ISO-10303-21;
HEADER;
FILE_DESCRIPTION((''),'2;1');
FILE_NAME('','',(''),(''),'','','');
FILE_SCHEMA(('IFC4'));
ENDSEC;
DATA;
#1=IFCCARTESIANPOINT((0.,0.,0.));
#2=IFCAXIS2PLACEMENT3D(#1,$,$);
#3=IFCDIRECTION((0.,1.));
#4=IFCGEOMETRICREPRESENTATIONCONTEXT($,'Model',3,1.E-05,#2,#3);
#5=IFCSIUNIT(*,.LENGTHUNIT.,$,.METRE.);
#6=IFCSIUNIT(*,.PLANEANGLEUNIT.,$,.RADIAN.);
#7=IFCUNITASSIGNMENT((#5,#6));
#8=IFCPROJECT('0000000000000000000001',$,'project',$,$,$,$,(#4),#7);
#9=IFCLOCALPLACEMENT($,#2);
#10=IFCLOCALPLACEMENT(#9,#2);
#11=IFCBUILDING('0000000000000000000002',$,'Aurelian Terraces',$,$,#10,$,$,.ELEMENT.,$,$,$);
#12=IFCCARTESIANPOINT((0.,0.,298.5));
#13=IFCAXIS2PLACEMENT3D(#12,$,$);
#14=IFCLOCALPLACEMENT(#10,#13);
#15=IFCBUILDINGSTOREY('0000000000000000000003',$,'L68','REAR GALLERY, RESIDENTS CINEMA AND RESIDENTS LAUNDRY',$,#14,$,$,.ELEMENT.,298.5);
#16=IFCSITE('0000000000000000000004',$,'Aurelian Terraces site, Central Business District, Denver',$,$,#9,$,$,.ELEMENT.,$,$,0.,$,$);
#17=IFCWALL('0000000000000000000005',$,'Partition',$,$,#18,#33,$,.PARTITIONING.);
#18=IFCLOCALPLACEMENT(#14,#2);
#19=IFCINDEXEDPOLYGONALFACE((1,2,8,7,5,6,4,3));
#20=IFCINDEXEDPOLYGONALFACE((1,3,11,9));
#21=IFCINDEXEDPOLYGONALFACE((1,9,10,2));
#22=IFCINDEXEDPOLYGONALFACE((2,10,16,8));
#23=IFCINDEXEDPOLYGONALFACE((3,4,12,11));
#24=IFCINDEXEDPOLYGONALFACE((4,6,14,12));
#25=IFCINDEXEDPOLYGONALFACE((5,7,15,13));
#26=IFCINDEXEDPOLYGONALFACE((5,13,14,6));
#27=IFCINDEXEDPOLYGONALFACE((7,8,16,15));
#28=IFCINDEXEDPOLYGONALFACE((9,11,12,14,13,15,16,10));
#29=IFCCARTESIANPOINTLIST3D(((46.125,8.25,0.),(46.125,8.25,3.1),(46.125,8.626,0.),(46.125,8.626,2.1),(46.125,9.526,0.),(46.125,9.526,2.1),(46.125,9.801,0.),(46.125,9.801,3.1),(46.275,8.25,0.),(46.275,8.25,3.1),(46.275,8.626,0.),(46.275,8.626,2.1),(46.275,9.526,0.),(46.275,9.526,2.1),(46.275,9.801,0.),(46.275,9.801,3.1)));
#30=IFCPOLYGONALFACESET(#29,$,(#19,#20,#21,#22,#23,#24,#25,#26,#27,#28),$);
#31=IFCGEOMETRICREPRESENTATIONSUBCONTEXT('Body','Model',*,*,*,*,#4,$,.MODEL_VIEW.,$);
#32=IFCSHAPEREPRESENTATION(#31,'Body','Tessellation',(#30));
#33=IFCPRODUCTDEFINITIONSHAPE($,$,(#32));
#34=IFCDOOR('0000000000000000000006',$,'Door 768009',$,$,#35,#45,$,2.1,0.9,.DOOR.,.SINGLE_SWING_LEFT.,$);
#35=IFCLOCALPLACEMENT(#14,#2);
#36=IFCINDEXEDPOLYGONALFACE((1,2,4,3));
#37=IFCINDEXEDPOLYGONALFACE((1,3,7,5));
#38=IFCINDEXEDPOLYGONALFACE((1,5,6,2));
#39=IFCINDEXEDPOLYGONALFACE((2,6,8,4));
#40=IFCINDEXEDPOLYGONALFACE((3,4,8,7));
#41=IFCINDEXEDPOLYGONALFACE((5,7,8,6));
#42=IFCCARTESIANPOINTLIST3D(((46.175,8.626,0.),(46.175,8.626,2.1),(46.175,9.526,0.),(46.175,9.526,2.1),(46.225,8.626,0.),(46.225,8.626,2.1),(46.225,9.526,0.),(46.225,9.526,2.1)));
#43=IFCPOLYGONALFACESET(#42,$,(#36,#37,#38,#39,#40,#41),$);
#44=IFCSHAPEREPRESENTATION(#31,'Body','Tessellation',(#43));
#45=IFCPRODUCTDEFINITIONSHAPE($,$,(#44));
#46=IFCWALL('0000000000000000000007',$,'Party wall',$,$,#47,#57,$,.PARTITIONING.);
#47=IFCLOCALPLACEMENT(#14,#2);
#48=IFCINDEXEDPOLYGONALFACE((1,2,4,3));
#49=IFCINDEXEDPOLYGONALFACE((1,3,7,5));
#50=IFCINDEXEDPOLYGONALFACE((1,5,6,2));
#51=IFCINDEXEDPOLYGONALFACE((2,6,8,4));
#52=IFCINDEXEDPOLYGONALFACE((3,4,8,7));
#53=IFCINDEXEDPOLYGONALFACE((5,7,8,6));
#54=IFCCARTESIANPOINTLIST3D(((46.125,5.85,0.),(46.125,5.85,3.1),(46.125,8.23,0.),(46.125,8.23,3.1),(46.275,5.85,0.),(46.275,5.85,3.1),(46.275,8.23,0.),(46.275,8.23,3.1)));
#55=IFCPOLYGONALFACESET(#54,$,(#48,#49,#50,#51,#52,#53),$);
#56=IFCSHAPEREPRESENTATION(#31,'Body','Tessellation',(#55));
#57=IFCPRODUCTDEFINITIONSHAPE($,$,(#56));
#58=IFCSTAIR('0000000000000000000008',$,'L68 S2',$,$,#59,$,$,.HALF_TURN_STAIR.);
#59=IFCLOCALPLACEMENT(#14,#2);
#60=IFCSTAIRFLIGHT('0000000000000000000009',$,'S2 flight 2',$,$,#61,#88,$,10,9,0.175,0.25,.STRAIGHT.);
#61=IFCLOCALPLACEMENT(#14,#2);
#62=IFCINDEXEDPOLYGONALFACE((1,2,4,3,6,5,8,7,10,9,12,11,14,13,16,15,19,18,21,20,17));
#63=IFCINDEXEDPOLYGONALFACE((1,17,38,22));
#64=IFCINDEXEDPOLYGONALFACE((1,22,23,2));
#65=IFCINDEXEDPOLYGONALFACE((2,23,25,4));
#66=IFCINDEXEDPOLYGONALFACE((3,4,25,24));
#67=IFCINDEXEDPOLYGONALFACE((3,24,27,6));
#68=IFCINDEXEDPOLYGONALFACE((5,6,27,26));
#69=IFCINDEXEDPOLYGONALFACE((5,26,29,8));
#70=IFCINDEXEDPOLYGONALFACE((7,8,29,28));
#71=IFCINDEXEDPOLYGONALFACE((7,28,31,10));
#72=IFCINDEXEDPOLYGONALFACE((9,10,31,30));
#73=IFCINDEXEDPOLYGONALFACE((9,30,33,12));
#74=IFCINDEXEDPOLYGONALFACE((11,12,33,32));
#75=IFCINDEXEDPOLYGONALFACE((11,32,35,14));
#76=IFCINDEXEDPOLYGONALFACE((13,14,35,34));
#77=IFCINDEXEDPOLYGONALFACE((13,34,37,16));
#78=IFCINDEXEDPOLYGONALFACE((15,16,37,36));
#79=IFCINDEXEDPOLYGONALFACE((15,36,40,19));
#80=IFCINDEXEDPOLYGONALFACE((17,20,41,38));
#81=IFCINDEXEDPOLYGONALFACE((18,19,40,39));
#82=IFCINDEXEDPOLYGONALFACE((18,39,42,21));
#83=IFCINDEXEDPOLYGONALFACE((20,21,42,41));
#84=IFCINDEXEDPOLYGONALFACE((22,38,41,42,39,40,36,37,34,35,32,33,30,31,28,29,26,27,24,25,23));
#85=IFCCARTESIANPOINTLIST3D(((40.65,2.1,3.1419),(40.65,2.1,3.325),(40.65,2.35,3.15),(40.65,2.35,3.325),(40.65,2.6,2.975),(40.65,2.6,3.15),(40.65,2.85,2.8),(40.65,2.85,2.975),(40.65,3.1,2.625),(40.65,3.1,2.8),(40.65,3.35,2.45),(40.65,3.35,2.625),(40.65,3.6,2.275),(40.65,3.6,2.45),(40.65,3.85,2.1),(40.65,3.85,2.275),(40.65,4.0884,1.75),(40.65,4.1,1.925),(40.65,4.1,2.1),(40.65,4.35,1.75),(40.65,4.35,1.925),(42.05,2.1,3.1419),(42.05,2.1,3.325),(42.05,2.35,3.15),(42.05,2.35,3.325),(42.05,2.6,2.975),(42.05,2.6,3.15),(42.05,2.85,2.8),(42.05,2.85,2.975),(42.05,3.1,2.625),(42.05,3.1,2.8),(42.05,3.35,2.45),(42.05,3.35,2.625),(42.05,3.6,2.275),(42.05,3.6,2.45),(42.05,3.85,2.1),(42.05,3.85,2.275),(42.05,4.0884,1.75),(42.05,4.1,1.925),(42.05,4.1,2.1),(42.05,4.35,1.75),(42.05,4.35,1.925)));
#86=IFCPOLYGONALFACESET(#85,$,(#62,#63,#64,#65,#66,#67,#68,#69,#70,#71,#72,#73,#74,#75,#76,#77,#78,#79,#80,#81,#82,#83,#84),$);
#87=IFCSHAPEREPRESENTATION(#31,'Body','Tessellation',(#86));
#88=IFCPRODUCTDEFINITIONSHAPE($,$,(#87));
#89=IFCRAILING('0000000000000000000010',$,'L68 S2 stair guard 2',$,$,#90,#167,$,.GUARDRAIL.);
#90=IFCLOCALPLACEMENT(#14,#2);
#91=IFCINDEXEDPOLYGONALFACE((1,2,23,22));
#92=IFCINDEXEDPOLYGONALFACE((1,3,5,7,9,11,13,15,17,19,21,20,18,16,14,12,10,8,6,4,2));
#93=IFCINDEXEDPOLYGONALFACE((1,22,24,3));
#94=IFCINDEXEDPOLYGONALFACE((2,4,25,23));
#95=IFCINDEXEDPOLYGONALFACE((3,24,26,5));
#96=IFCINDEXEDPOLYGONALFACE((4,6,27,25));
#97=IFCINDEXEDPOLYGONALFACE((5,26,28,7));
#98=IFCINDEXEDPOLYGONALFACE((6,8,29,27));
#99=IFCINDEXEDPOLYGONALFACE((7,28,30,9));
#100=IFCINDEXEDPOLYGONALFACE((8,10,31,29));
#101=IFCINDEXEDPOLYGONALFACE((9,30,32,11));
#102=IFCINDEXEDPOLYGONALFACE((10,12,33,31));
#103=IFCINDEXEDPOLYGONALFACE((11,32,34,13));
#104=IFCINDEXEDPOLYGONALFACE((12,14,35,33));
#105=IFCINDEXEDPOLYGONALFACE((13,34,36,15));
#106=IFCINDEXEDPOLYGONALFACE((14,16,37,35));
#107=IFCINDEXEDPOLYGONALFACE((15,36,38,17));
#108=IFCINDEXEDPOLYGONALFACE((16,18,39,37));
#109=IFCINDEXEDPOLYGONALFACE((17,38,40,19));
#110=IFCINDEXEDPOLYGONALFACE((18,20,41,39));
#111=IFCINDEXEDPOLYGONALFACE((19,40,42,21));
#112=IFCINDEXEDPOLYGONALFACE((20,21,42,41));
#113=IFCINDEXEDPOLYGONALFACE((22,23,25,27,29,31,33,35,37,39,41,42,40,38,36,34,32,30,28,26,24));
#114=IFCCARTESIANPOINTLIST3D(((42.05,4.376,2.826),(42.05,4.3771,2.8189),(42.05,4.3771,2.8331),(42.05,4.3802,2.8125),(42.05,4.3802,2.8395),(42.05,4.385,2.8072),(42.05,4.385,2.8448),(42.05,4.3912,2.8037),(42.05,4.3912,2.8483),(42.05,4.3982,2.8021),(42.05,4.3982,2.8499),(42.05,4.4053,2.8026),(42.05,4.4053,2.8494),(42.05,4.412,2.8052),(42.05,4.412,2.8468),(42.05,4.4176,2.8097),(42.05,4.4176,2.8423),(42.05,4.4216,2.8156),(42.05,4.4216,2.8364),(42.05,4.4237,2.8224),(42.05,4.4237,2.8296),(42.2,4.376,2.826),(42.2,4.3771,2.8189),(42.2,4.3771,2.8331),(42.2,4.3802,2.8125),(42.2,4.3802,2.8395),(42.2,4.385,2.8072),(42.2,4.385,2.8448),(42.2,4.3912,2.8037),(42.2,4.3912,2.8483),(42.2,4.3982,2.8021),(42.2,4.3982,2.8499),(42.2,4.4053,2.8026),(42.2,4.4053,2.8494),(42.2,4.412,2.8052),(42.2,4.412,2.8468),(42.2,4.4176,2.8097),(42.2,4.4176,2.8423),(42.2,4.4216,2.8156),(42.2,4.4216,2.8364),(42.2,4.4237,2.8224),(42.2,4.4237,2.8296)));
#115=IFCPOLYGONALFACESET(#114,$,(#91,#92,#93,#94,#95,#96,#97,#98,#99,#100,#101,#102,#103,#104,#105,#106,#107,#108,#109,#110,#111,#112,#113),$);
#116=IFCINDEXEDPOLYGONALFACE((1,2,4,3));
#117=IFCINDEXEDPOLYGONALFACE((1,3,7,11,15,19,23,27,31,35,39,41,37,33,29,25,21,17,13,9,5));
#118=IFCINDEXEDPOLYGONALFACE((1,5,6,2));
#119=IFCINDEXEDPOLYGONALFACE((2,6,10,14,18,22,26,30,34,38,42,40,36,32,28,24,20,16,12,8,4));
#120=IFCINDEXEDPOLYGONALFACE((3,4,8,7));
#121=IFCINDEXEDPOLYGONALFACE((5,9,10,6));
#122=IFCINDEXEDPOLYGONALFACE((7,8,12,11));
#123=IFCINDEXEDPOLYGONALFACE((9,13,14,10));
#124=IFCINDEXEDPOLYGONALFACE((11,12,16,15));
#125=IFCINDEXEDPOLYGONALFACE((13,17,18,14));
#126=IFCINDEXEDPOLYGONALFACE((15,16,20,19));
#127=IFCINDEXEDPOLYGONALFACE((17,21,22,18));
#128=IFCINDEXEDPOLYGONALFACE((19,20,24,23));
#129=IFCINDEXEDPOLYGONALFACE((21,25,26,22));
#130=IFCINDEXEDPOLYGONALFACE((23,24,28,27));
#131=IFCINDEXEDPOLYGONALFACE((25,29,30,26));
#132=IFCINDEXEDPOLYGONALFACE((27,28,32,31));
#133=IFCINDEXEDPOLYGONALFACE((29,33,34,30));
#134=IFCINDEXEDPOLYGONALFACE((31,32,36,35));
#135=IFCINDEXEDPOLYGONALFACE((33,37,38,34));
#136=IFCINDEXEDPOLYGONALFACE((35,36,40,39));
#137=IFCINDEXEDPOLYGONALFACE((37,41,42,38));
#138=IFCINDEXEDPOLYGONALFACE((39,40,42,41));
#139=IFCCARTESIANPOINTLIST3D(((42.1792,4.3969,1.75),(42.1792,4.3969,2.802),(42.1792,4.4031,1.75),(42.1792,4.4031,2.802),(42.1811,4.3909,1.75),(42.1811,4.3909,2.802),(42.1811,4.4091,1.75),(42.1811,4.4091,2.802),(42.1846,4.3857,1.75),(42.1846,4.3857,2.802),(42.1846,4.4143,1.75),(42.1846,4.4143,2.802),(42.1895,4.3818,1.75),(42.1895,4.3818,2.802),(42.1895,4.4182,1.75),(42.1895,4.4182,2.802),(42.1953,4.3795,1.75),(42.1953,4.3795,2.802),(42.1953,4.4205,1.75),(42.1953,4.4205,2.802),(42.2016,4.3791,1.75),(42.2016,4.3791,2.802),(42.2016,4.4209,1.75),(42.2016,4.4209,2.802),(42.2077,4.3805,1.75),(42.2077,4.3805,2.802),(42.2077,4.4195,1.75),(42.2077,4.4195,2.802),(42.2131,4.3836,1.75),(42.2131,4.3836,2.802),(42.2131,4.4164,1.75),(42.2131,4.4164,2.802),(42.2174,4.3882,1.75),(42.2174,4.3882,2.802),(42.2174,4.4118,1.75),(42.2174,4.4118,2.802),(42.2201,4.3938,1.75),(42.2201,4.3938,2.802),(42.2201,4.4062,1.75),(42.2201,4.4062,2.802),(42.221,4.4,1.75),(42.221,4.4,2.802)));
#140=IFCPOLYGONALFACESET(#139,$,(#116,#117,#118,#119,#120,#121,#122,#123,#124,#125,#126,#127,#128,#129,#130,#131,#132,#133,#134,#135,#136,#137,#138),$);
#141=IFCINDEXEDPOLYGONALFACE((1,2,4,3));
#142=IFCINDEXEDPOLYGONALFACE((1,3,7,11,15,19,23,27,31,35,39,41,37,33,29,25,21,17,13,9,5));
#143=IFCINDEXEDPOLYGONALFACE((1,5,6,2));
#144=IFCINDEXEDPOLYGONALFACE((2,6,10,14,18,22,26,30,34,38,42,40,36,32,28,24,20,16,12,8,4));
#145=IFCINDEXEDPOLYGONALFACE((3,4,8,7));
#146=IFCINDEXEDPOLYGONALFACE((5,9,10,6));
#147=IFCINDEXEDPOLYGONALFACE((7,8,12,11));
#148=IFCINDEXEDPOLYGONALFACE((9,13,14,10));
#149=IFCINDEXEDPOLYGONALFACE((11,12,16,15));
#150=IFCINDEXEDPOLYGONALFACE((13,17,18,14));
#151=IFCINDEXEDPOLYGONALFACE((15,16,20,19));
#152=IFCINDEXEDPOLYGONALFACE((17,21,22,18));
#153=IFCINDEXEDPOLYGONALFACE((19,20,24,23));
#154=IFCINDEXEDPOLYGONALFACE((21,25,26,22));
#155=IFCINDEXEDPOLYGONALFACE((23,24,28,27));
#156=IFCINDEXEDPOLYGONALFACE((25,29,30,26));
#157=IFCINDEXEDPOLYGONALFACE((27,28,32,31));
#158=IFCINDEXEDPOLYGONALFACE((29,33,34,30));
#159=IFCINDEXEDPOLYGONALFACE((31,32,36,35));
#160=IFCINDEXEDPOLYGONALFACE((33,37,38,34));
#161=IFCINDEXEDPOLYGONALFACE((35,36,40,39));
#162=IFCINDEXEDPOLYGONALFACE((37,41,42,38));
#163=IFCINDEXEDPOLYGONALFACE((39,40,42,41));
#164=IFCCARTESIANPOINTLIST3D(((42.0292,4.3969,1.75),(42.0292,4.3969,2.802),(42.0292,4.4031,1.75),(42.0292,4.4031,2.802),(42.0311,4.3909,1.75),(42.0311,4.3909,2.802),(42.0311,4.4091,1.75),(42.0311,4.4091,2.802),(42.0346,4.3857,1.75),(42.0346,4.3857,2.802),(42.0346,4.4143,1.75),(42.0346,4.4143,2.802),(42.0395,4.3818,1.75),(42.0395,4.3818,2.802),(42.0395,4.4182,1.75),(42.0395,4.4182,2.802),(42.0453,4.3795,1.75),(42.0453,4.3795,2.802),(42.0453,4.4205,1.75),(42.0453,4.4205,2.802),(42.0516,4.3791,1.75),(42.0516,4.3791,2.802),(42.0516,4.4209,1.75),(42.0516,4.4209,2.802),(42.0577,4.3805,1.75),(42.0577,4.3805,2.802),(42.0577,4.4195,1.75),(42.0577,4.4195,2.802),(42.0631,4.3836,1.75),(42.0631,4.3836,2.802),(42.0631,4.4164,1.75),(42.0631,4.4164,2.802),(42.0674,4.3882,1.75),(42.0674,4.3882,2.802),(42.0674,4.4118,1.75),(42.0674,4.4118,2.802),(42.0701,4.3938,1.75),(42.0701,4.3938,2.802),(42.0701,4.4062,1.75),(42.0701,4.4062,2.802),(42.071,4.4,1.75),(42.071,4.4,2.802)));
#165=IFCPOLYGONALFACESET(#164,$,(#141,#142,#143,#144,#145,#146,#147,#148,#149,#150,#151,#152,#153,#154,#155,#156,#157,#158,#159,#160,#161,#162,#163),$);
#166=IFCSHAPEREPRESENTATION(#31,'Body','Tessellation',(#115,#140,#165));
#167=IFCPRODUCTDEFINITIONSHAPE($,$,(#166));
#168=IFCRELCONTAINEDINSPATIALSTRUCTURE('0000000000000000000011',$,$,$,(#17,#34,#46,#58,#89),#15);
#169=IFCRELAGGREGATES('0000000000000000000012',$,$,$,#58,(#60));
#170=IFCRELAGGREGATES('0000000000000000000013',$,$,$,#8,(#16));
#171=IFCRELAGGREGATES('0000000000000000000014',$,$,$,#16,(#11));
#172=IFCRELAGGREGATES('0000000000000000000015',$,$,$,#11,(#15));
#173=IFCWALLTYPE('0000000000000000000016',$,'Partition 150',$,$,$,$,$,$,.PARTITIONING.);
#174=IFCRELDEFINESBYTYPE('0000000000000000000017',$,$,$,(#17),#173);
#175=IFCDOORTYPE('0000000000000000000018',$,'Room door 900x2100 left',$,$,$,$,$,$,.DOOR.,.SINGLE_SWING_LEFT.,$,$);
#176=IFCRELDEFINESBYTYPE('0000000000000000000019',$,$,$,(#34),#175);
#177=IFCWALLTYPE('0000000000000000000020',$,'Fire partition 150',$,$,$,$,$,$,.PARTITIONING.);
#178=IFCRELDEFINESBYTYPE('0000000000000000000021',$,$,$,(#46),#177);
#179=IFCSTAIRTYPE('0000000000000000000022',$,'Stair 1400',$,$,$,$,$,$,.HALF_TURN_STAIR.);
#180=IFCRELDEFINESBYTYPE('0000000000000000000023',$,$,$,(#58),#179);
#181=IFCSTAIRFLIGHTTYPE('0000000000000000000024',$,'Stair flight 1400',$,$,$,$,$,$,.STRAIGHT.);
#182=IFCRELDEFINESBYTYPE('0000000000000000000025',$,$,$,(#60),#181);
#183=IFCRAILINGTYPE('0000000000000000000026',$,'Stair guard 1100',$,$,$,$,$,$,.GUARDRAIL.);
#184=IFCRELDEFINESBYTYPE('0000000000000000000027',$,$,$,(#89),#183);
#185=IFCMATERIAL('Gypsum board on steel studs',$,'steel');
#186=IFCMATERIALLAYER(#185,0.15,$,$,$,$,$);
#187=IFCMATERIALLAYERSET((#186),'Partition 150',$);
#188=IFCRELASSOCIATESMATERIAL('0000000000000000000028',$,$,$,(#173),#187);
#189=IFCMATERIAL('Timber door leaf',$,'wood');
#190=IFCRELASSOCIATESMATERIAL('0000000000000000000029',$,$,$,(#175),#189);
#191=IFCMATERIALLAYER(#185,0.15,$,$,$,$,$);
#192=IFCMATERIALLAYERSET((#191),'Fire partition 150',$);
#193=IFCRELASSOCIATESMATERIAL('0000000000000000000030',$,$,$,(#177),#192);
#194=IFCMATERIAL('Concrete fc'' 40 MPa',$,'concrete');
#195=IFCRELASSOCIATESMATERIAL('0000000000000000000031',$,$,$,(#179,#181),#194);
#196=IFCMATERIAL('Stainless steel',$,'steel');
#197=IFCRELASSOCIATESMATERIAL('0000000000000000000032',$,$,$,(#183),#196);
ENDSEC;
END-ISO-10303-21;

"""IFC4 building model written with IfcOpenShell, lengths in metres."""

from ifc_helpers import new_model, si_unit, direction, frame, frame_2d, origin, origin_2d, place, context, subcontext, project, spatial, polyline, rectangle, circle, outline, extrude, source, transform, mapped, material, layer, layer_set, type_object, element, fill, aggregate, save


model = new_model("IFC4")

# Units and contexts
model_context = context("Model", 3, precision=1e-05, world=origin(), true_north=direction((0.0, 1.0)))
body_context = subcontext(model_context, "Body", "Model", "MODEL_VIEW")
ifc_project = project(units=[si_unit("LENGTHUNIT", "METRE"), si_unit("PLANEANGLEUNIT", "RADIAN")], contexts=[model_context])

# Site, building, storey
site_placement = place(None, origin())
site = spatial("IfcSite", under=ifc_project, at=site_placement, Name="Aurelian Terraces site, Central Business District, Denver", CompositionType="ELEMENT", RefElevation=0.0)
building_placement = place(site_placement, origin())
building = spatial("IfcBuilding", under=site, at=building_placement, Name="Aurelian Terraces", CompositionType="ELEMENT")
storey_placement = place(building_placement, frame((0.0, 0.0, 298.5)))
storey = spatial("IfcBuildingStorey", under=building, at=storey_placement, Name="L68", Description="REAR GALLERY, RESIDENTS CINEMA AND RESIDENTS LAUNDRY", CompositionType="ELEMENT", Elevation=298.5)

# Shared definitions
ifc_material_1 = material(Name="Gypsum board on steel studs", Category="steel")
ifc_layer_1 = layer(ifc_material_1, 0.15)
ifc_layer_set_1 = layer_set([ifc_layer_1], Name="Partition 150")
wall_type_1 = type_object("IfcWallType", Name="Partition 150", PredefinedType="PARTITIONING", material=ifc_layer_set_1)

# Wall, opening, door
shared_shape_1 = source(origin(), body_context, "Body", "SweptSolid", [
    extrude(rectangle(XDim=0.9, YDim=2.1, at=frame_2d((0.45, 1.05))), frame((0.0, 0.085, 0.0), z_axis=(0.0, -1.0, 0.0), x_axis=(1.0, 0.0, 0.0)), (0.0, 0.0, 1.0), 0.17),
])
ifc_material_2 = material(Name="Timber door leaf", Category="wood")
shared_shape_2 = source(origin(), body_context, "Body", "SweptSolid", [
    extrude(rectangle(XDim=0.9, YDim=2.1, at=frame_2d((0.45, 1.05))), frame((0.0, 0.025, 0.0), z_axis=(0.0, -1.0, 0.0), x_axis=(1.0, 0.0, 0.0)), (0.0, 0.0, 1.0), 0.05),
])
shared_shape_3 = source(origin(), body_context, "Body", "SweptSolid", [
    extrude(rectangle(XDim=1.551, YDim=0.15, at=frame_2d((0.7755, 0.0))), origin(), (0.0, 0.0, 1.0), 3.1),
])
wall_1_placement = place(storey_placement, frame((46.2, 9.801, 0.0), z_axis=(0.0, 0.0, 1.0), x_axis=(0.0, -1.0, 0.0)))
wall_1 = element("IfcWall", 1, at=wall_1_placement, inside=storey, type_object=wall_type_1, Name="Partition", PredefinedType="PARTITIONING", context=body_context, shape_type="MappedRepresentation", body=[
    mapped(shared_shape_3, transform((0.0, 0.0, 0.0), scale=1.0)),
])
opening_1_placement = place(wall_1_placement, frame((0.275, 0.0, 0.0)))
opening_1 = element("IfcOpeningElement", 2, at=opening_1_placement, cuts=wall_1, PredefinedType="OPENING", context=body_context, shape_type="MappedRepresentation", body=[
    mapped(shared_shape_1, transform((0.0, 0.0, 0.0), scale=1.0)),
])
door_type_1 = type_object("IfcDoorType", Name="Room door 900x2100 left", OperationType="SINGLE_SWING_LEFT", PredefinedType="DOOR", material=ifc_material_2)
door_1_placement = place(opening_1_placement, origin())
door_1 = element("IfcDoor", 3, at=door_1_placement, inside=storey, type_object=door_type_1, Name="Door 768009", OperationType="SINGLE_SWING_LEFT", OverallHeight=2.1, OverallWidth=0.9, PredefinedType="DOOR", context=body_context, shape_type="MappedRepresentation", body=[
    mapped(shared_shape_2, transform((0.0, 0.0, 0.0), scale=1.0)),
])
fill(opening_1, door_1)

# Wall
ifc_layer_2 = layer(ifc_material_1, 0.15)
ifc_layer_set_2 = layer_set([ifc_layer_2], Name="Fire partition 150")
wall_type_2 = type_object("IfcWallType", Name="Fire partition 150", PredefinedType="PARTITIONING", material=ifc_layer_set_2)
shared_shape_4 = source(origin(), body_context, "Body", "SweptSolid", [
    extrude(rectangle(XDim=2.38, YDim=0.15, at=frame_2d((1.19, 0.0))), origin(), (0.0, 0.0, 1.0), 3.1),
])
wall_2_placement = place(storey_placement, frame((46.2, 5.85, 0.0), z_axis=(0.0, 0.0, 1.0), x_axis=(0.0, 1.0, 0.0)))
element("IfcWall", 4, at=wall_2_placement, inside=storey, type_object=wall_type_2, Name="Party wall", PredefinedType="PARTITIONING", context=body_context, shape_type="MappedRepresentation", body=[
    mapped(shared_shape_4, transform((0.0, 0.0, 0.0), scale=1.0)),
])

# Stair, stair flight
ifc_material_3 = material(Name="Concrete fc' 40 MPa", Category="concrete")
stair_type = type_object("IfcStairType", Name="Stair 1400", PredefinedType="HALF_TURN_STAIR", material=ifc_material_3)
stair_placement = place(storey_placement, origin())
stair = element("IfcStair", 5, at=stair_placement, inside=storey, type_object=stair_type, Name="L68 S2", PredefinedType="HALF_TURN_STAIR")
stair_flight_type = type_object("IfcStairFlightType", Name="Stair flight 1400", PredefinedType="STRAIGHT", material=ifc_material_3)
shared_shape_5 = source(origin(), body_context, "Body", "SweptSolid", [
    extrude(outline(polyline([(0.0, 0.0), (0.0, 0.175), (0.25, 0.175), (0.25, 0.35), (0.5, 0.35), (0.5, 0.525), (0.75, 0.525), (0.75, 0.7), (1.0, 0.7), (1.0, 0.875), (1.25, 0.875), (1.25, 1.05), (1.5, 1.05), (1.5, 1.225), (1.75, 1.225), (1.75, 1.4), (2.0, 1.4), (2.0, 1.575), (2.25, 1.575), (2.25, 1.75), (2.25, 1.3919), (0.2616, 0.0), (0.0, 0.0)])), frame((0.0, 0.7, 0.0), z_axis=(0.0, -1.0, 0.0), x_axis=(1.0, 0.0, 0.0)), (0.0, 0.0, 1.0), 1.4),
])
stair_flight_placement = place(storey_placement, frame((41.35, 4.35, 1.75), z_axis=(0.0, 0.0, 1.0), x_axis=(0.0, -1.0, 0.0)))
stair_flight = element("IfcStairFlight", 6, at=stair_flight_placement, type_object=stair_flight_type, Name="S2 flight 2", NumberOfRisers=10, NumberOfTreads=9, PredefinedType="STRAIGHT", RiserHeight=0.175, TreadLength=0.25, context=body_context, shape_type="MappedRepresentation", body=[
    mapped(shared_shape_5, transform((0.0, 0.0, 0.0), scale=1.0)),
])
aggregate(stair, [stair_flight])

# Railing
ifc_material_4 = material(Name="Stainless steel", Category="steel")
railing_type_1 = type_object("IfcRailingType", Name="Stair guard 1100", PredefinedType="GUARDRAIL", material=ifc_material_4)
shared_shape_6 = source(origin(), body_context, "Body", "SweptSolid", [
    extrude(circle(Radius=0.024, at=origin_2d()), frame((0.0, 0.0, 1.076), z_axis=(-1.0, 0.0, 0.0), x_axis=(0.0, -1.0, 0.0)), (0.0, 0.0, 1.0), 0.15),
    extrude(circle(Radius=0.021, at=origin_2d()), origin(), (0.0, 0.0, 1.0), 1.052),
    extrude(circle(Radius=0.021, at=origin_2d()), frame((-0.15, 0.0, 0.0)), (0.0, 0.0, 1.0), 1.052),
])
railing_1_placement = place(storey_placement, frame((42.2, 4.4, 1.75)))
element("IfcRailing", 7, at=railing_1_placement, inside=storey, type_object=railing_type_1, Name="L68 S2 stair guard 2", PredefinedType="GUARDRAIL", context=body_context, shape_type="MappedRepresentation", body=[
    mapped(shared_shape_6, transform((0.0, 0.0, 0.0), scale=1.0)),
])

save(model, "model.ifc")
